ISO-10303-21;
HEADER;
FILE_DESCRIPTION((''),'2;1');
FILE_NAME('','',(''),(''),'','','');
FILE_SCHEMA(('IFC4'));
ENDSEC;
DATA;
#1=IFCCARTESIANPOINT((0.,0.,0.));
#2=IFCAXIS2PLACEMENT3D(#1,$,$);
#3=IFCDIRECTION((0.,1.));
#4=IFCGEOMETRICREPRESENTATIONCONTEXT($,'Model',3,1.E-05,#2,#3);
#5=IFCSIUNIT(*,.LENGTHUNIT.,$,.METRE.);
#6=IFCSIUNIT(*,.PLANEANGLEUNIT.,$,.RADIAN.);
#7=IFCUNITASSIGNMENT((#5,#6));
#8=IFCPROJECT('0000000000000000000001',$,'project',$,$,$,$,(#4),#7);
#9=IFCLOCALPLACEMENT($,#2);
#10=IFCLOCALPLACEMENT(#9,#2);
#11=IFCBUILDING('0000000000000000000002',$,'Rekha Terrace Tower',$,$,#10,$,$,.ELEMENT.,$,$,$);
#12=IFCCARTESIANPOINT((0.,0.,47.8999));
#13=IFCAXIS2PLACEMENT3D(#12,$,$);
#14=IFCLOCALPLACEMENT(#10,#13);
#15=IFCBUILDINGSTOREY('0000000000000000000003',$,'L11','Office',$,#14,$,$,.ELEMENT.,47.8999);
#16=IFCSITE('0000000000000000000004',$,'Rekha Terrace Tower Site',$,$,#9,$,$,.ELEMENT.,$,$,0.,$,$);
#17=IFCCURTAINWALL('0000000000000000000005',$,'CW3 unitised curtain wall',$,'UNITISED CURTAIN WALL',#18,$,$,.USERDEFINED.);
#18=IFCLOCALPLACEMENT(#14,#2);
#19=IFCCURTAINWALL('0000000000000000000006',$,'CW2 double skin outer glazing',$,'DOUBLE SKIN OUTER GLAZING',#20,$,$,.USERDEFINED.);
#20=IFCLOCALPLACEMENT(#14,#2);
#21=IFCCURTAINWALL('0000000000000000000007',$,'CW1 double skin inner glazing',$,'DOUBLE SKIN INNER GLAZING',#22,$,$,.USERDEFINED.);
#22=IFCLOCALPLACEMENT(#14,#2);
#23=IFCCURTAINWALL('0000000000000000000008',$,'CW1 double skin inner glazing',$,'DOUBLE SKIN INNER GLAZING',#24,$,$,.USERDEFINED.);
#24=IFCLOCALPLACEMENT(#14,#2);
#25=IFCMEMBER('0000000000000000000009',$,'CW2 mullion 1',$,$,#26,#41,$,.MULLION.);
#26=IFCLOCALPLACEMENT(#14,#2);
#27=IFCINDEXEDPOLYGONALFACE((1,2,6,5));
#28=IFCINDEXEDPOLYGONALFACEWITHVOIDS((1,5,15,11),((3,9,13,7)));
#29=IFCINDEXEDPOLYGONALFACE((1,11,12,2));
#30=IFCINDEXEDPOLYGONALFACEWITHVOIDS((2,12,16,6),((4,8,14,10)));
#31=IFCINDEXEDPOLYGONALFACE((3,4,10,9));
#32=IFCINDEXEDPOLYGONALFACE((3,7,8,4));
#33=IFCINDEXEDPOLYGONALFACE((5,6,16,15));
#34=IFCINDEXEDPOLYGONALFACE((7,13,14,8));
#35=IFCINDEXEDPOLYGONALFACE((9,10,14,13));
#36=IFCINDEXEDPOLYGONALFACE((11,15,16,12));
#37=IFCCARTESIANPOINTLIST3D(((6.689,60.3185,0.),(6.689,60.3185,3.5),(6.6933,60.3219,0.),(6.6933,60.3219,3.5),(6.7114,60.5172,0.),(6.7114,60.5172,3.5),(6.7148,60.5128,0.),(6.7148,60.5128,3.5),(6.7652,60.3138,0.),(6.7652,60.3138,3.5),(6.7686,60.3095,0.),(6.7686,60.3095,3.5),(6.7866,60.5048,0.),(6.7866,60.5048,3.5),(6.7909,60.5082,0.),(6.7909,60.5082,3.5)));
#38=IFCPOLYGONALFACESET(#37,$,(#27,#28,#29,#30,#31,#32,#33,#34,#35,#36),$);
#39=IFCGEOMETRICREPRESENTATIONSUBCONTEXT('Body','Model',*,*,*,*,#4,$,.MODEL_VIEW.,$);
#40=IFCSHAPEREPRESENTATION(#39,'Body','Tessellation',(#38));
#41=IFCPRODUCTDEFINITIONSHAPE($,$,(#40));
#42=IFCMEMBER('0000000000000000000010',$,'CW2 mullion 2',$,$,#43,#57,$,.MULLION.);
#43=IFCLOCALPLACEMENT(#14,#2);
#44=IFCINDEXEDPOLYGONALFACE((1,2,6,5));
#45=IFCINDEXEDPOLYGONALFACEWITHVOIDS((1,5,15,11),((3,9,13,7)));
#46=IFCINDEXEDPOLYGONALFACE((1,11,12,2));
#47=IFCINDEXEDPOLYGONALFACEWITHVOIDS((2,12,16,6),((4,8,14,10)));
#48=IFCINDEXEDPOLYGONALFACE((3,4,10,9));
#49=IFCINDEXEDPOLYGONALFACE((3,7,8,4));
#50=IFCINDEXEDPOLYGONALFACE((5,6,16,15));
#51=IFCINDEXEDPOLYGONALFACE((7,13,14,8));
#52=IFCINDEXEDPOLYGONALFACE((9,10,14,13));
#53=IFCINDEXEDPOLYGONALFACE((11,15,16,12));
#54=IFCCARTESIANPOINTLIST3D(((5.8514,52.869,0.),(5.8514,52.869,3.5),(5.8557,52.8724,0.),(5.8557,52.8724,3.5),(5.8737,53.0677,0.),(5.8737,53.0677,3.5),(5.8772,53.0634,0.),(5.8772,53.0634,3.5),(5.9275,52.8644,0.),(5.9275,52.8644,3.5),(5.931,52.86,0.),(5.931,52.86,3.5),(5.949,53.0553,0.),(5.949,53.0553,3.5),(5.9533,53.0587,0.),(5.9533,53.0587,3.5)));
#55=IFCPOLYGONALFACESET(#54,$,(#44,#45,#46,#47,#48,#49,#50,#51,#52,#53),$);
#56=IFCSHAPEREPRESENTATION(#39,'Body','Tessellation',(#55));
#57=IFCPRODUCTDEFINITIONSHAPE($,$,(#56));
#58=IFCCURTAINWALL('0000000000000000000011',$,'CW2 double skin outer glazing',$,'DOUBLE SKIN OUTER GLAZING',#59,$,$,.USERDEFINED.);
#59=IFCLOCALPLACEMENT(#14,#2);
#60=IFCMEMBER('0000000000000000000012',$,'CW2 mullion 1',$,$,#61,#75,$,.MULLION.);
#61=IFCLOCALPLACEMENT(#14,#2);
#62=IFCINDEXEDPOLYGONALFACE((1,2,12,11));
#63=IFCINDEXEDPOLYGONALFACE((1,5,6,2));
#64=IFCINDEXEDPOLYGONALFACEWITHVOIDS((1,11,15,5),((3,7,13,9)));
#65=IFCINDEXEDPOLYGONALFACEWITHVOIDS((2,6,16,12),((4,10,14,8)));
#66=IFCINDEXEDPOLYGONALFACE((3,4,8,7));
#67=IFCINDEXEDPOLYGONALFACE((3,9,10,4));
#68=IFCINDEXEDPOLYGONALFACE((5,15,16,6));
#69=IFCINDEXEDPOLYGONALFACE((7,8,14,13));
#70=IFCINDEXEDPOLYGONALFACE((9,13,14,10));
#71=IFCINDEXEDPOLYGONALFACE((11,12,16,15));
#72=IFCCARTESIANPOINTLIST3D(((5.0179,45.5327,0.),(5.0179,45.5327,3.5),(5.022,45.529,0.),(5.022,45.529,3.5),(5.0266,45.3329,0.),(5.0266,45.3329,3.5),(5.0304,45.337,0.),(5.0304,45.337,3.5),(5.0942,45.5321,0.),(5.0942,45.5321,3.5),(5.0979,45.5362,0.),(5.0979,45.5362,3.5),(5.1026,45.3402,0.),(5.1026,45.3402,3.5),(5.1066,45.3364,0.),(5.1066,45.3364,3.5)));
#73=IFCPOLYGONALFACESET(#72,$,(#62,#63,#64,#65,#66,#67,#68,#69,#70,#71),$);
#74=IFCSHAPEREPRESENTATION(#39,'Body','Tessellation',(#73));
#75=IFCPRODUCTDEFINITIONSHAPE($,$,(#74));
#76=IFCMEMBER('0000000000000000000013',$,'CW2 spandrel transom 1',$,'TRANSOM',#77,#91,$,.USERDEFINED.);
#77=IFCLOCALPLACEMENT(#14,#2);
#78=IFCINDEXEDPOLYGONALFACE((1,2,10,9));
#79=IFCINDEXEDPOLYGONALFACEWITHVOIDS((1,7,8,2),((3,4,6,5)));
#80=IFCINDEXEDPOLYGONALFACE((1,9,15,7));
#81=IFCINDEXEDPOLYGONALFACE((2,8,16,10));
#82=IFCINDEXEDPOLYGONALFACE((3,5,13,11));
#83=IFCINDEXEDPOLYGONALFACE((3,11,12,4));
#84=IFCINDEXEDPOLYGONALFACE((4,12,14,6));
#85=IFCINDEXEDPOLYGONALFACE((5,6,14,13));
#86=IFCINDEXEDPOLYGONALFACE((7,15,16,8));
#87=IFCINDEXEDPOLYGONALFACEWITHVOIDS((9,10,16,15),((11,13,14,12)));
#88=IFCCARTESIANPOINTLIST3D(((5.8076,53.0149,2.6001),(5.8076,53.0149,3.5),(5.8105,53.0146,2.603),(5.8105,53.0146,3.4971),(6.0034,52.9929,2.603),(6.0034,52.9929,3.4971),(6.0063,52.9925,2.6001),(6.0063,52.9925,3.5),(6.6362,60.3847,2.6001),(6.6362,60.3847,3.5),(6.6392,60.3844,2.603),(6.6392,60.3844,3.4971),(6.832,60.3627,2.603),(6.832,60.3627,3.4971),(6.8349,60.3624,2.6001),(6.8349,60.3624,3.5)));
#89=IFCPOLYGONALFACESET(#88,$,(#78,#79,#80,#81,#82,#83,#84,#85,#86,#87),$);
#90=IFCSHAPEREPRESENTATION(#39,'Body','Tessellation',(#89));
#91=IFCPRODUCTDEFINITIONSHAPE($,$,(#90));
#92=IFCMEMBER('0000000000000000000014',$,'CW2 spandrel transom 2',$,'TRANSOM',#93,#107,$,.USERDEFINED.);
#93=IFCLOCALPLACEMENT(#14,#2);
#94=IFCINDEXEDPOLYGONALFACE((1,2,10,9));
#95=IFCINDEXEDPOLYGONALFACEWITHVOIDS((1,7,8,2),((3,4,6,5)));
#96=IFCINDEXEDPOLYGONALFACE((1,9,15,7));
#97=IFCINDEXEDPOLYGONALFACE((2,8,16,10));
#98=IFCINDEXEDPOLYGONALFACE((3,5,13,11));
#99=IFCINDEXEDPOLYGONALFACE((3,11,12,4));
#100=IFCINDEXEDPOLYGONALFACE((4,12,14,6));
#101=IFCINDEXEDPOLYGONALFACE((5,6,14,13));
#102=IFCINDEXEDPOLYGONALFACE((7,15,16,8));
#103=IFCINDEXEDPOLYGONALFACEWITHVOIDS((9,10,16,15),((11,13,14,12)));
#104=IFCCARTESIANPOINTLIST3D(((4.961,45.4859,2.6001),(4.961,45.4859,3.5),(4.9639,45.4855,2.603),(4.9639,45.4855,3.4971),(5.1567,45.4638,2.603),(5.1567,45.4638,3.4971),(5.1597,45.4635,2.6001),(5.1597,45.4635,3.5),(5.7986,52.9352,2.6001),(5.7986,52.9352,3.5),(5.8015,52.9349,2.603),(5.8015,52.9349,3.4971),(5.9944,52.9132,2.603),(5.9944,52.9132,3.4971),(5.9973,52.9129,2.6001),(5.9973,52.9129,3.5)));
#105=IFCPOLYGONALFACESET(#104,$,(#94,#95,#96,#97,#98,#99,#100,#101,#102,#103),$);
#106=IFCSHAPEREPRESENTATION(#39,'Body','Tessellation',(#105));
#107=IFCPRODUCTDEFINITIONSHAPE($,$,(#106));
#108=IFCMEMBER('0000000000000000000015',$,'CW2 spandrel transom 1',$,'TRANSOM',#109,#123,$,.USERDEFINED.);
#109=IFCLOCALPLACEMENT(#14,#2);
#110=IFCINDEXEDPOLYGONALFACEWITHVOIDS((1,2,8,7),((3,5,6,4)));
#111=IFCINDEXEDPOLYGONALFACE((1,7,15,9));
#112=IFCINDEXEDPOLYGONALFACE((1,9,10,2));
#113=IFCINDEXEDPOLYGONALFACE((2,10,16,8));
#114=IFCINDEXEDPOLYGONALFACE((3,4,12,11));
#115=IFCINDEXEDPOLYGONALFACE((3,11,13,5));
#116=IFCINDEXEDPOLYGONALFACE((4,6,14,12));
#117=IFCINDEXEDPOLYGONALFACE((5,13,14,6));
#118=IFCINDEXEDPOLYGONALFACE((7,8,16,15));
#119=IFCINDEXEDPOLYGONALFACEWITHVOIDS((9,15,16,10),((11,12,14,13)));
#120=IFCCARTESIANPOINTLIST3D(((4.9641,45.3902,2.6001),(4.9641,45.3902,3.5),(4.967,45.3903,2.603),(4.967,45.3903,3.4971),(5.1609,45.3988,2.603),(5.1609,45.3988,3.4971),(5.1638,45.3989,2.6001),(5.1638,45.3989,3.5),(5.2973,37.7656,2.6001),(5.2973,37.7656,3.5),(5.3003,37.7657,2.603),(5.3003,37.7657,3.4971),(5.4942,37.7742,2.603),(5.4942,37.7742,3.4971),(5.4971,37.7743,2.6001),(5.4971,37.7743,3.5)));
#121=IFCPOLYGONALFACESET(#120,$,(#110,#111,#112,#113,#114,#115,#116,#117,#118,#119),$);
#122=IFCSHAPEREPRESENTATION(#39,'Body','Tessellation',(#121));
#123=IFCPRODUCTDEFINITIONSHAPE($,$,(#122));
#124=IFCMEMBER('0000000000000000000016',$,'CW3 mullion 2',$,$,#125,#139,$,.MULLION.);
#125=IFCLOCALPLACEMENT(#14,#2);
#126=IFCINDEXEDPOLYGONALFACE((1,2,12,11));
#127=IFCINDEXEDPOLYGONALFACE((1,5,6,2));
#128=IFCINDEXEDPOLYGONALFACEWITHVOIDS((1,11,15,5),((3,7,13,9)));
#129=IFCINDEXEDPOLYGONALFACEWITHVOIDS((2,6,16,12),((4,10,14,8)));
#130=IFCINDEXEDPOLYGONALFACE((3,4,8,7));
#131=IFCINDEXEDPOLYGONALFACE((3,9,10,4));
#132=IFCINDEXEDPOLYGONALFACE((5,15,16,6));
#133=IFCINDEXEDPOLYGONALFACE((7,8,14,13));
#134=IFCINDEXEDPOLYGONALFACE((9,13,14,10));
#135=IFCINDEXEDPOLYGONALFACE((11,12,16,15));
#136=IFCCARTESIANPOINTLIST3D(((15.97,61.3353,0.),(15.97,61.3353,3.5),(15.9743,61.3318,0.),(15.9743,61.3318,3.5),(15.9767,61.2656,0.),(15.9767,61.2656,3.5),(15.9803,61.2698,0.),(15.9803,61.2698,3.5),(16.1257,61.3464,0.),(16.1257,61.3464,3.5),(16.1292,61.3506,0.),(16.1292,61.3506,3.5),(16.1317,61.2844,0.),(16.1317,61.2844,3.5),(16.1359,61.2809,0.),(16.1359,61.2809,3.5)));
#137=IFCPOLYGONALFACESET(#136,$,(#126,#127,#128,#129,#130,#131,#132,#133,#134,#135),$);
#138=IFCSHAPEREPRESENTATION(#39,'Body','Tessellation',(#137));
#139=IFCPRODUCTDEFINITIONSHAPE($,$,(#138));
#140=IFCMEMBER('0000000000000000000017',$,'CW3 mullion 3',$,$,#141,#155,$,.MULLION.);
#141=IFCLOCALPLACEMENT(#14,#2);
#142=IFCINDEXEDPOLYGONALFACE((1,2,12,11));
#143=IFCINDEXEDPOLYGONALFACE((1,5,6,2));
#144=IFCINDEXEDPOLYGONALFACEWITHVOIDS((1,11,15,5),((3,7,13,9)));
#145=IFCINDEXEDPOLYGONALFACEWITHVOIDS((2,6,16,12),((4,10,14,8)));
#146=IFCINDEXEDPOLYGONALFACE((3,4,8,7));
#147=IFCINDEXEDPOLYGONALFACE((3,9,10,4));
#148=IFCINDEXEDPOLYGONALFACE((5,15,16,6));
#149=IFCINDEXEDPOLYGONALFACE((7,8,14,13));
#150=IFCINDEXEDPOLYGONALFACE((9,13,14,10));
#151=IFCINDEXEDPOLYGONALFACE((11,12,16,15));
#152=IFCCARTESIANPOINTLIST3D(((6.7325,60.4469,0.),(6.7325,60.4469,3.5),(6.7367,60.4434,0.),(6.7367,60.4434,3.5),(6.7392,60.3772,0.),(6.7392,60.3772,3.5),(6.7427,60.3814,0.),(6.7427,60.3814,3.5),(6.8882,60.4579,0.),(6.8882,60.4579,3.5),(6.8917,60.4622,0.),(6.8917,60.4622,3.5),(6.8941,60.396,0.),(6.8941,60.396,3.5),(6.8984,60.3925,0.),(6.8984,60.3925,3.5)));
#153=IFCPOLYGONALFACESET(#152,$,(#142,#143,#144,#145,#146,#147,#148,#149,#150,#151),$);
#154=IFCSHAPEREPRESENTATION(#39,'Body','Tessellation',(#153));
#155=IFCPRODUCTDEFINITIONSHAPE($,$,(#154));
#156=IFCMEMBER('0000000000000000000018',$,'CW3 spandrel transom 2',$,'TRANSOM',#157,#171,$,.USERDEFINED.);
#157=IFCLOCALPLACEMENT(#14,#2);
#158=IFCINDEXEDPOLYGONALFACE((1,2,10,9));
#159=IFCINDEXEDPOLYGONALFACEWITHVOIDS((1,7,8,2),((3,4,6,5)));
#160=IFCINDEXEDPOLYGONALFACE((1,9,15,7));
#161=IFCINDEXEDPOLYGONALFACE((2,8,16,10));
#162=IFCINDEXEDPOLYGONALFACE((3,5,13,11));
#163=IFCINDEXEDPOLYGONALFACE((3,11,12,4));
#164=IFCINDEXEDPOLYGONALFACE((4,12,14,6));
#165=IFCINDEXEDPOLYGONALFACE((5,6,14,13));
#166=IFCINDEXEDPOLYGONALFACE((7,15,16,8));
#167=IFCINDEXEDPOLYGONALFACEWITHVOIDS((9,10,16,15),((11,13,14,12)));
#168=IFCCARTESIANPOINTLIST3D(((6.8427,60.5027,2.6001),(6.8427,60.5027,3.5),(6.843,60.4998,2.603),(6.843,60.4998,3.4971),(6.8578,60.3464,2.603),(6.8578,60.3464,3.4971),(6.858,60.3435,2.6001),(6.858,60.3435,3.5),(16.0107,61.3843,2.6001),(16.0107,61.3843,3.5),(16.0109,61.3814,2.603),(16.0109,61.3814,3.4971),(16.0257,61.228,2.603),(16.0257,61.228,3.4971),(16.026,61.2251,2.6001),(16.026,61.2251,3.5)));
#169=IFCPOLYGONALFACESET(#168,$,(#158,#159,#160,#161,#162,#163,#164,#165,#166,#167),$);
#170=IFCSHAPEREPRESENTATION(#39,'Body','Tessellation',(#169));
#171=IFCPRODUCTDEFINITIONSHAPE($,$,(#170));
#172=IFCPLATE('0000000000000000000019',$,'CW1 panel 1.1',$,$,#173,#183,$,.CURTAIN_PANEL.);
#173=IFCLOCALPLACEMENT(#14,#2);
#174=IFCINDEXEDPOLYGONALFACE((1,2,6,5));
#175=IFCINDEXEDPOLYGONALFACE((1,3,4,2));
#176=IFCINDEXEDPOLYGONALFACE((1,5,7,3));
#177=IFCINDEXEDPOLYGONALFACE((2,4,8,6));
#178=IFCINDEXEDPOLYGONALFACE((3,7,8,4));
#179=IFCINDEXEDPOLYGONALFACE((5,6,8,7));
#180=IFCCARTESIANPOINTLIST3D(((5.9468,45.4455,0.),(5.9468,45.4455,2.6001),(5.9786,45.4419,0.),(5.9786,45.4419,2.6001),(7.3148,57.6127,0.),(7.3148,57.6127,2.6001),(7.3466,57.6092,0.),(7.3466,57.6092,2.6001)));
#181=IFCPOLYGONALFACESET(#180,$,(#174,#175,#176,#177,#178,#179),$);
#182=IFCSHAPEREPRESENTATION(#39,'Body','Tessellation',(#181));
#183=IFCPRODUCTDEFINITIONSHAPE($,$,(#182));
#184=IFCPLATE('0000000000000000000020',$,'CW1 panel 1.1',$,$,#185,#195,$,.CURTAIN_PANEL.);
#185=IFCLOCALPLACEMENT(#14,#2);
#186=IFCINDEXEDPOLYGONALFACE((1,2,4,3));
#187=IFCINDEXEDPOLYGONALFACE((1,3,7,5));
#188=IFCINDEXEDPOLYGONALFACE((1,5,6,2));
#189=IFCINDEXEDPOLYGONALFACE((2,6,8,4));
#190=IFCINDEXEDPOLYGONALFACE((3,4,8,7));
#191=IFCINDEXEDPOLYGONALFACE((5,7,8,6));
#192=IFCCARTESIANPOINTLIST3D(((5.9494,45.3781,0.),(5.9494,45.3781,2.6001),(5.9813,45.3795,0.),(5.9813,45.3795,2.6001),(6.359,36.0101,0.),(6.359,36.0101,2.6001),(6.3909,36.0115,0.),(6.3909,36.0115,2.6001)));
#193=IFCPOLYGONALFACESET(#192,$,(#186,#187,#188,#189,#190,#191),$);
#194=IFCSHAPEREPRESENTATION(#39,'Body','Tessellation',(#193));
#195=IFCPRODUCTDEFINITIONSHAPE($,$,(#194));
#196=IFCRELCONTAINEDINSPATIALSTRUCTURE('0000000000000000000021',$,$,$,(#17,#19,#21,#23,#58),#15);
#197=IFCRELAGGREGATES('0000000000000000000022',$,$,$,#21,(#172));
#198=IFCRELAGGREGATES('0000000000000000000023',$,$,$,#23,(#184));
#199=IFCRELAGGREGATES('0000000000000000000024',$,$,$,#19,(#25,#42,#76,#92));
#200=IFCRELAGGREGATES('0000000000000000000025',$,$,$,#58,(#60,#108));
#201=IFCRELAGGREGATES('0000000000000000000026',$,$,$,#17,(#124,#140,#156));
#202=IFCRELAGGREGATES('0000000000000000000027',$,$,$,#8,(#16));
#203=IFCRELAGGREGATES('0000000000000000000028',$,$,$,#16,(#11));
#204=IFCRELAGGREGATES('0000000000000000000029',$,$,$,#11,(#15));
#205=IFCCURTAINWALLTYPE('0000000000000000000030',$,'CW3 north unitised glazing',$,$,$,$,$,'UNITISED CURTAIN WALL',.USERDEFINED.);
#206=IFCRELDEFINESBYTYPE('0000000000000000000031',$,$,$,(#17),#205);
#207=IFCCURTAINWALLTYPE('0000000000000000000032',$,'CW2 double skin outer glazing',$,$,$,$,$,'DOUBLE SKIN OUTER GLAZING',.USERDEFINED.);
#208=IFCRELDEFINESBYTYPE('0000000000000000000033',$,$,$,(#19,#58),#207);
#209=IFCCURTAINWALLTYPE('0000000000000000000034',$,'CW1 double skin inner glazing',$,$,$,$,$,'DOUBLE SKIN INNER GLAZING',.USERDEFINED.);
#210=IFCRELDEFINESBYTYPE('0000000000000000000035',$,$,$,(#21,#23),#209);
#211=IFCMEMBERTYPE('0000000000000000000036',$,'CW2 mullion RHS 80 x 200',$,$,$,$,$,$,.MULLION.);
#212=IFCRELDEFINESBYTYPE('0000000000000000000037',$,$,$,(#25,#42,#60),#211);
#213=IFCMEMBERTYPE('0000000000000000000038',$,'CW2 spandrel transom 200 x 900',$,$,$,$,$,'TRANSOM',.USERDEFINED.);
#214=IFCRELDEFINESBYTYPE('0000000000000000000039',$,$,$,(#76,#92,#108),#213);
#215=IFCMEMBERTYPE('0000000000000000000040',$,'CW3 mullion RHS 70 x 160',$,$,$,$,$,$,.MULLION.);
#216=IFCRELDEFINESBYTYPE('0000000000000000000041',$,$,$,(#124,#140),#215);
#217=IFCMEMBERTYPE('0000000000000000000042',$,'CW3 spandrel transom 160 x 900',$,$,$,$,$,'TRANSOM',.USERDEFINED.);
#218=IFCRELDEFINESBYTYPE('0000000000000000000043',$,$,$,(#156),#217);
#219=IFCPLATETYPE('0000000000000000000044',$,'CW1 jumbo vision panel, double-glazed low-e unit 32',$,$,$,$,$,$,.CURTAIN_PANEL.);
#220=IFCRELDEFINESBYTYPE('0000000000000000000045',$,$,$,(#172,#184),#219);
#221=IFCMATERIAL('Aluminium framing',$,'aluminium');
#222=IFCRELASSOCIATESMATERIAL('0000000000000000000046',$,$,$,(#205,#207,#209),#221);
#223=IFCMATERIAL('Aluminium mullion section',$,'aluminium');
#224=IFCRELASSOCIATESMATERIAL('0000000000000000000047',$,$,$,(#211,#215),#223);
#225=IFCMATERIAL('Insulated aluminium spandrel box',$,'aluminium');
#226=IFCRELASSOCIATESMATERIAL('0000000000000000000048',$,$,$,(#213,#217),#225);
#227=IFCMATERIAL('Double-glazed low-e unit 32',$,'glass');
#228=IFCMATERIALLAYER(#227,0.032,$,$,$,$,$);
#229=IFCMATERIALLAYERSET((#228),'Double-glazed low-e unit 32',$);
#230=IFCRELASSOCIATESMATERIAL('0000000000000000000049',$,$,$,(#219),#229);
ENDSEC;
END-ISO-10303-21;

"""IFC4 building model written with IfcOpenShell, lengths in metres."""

from ifc_helpers import new_model, si_unit, direction, frame, origin, origin_2d, place, context, subcontext, project, spatial, rectangle, hollow_rectangle, extrude, material, layer, layer_set, material_profile, profile_set, type_object, element, aggregate, save


model = new_model("IFC4")

# Units and contexts
model_context = context("Model", 3, precision=1e-05, world=origin(), true_north=direction((0.0, 1.0)))
body_context = subcontext(model_context, "Body", "Model", "MODEL_VIEW")
ifc_project = project(units=[si_unit("LENGTHUNIT", "METRE"), si_unit("PLANEANGLEUNIT", "RADIAN")], contexts=[model_context])

# Site, building, storey
site_placement = place(None, origin())
site = spatial("IfcSite", under=ifc_project, at=site_placement, Name="Rekha Terrace Tower Site", CompositionType="ELEMENT", RefElevation=0.0)
building_placement = place(site_placement, origin())
building = spatial("IfcBuilding", under=site, at=building_placement, Name="Rekha Terrace Tower", CompositionType="ELEMENT")
storey_placement = place(building_placement, frame((0.0, 0.0, 47.8999)))
storey = spatial("IfcBuildingStorey", under=building, at=storey_placement, Name="L11", Description="Office", CompositionType="ELEMENT", Elevation=47.8999)

# Curtain walls
ifc_material_1 = material(Name="Aluminium framing", Category="aluminium")
curtain_wall_type_1 = type_object("IfcCurtainWallType", Name="CW3 north unitised glazing", ElementType="UNITISED CURTAIN WALL", PredefinedType="USERDEFINED", material=ifc_material_1)
curtain_wall_1_placement = place(storey_placement, origin())
curtain_wall_1 = element("IfcCurtainWall", 1, at=curtain_wall_1_placement, inside=storey, type_object=curtain_wall_type_1, Name="CW3 unitised curtain wall", ObjectType="UNITISED CURTAIN WALL", PredefinedType="USERDEFINED")
curtain_wall_type_2 = type_object("IfcCurtainWallType", Name="CW2 double skin outer glazing", ElementType="DOUBLE SKIN OUTER GLAZING", PredefinedType="USERDEFINED", material=ifc_material_1)
curtain_wall_2_placement = place(storey_placement, origin())
curtain_wall_2 = element("IfcCurtainWall", 2, at=curtain_wall_2_placement, inside=storey, type_object=curtain_wall_type_2, Name="CW2 double skin outer glazing", ObjectType="DOUBLE SKIN OUTER GLAZING", PredefinedType="USERDEFINED")
curtain_wall_type_3 = type_object("IfcCurtainWallType", Name="CW1 double skin inner glazing", ElementType="DOUBLE SKIN INNER GLAZING", PredefinedType="USERDEFINED", material=ifc_material_1)
curtain_wall_3_placement = place(storey_placement, origin())
curtain_wall_3 = element("IfcCurtainWall", 3, at=curtain_wall_3_placement, inside=storey, type_object=curtain_wall_type_3, Name="CW1 double skin inner glazing", ObjectType="DOUBLE SKIN INNER GLAZING", PredefinedType="USERDEFINED")
ifc_material_2 = material(Name="Aluminium mullion section", Category="aluminium")
curtain_wall_4_placement = place(storey_placement, origin())
curtain_wall_4 = element("IfcCurtainWall", 4, at=curtain_wall_4_placement, inside=storey, type_object=curtain_wall_type_3, Name="CW1 double skin inner glazing", ObjectType="DOUBLE SKIN INNER GLAZING", PredefinedType="USERDEFINED")

# Members
ifc_material_3 = material(Name="Insulated aluminium spandrel box", Category="aluminium")
ifc_material_profile_1 = material_profile(ifc_material_2, hollow_rectangle(XDim=0.0801, YDim=0.2, WallThickness=0.0039, at=origin_2d()), Name="AL RHS 80x200")
ifc_profile_set_1 = profile_set([ifc_material_profile_1], Name="Aluminium mullion section")
member_type_1 = type_object("IfcMemberType", Name="CW2 mullion RHS 80 x 200", PredefinedType="MULLION", material=ifc_profile_set_1)
member_1_placement = place(storey_placement, frame((6.74, 60.4133, 0.0), z_axis=(0.0, 0.0, 1.0), x_axis=(0.993739, -0.11173, 0.0)))
member_1 = element("IfcMember", 5, at=member_1_placement, type_object=member_type_1, Name="CW2 mullion 1", PredefinedType="MULLION", context=body_context, shape_type="SweptSolid", body=[
    extrude(hollow_rectangle(XDim=0.0801, YDim=0.2, WallThickness=0.0039, at=origin_2d()), origin(), (0.0, 0.0, 1.0), 3.5),
])
member_2_placement = place(storey_placement, frame((5.9023, 52.9639, 0.0), z_axis=(0.0, 0.0, 1.0), x_axis=(0.993739, -0.11173, 0.0)))
member_2 = element("IfcMember", 6, at=member_2_placement, type_object=member_type_1, Name="CW2 mullion 2", PredefinedType="MULLION", context=body_context, shape_type="SweptSolid", body=[
    extrude(hollow_rectangle(XDim=0.0801, YDim=0.2, WallThickness=0.0039, at=origin_2d()), origin(), (0.0, 0.0, 1.0), 3.5),
])

# Curtain wall, member
curtain_wall_5_placement = place(storey_placement, origin())
curtain_wall_5 = element("IfcCurtainWall", 7, at=curtain_wall_5_placement, inside=storey, type_object=curtain_wall_type_2, Name="CW2 double skin outer glazing", ObjectType="DOUBLE SKIN OUTER GLAZING", PredefinedType="USERDEFINED")
member_3_placement = place(storey_placement, frame((5.0623, 45.4346, 0.0), z_axis=(0.0, 0.0, 1.0), x_axis=(0.999045, 0.043683, 0.0)))
member_3 = element("IfcMember", 8, at=member_3_placement, type_object=member_type_1, Name="CW2 mullion 1", PredefinedType="MULLION", context=body_context, shape_type="SweptSolid", body=[
    extrude(hollow_rectangle(XDim=0.0801, YDim=0.2, WallThickness=0.0039, at=origin_2d()), origin(), (0.0, 0.0, 1.0), 3.5),
])

# Members
ifc_material_profile_2 = material_profile(ifc_material_3, hollow_rectangle(XDim=0.2, YDim=0.8999, WallThickness=0.0029, at=origin_2d()), Name="AL SPANDREL BOX 200x900")
ifc_profile_set_2 = profile_set([ifc_material_profile_2], Name="Insulated aluminium spandrel box")
member_type_2 = type_object("IfcMemberType", Name="CW2 spandrel transom 200 x 900", ElementType="TRANSOM", PredefinedType="USERDEFINED", material=ifc_profile_set_2)
member_4_placement = place(storey_placement, frame((6.7356, 60.3735, 3.05), z_axis=(-0.111729, -0.993739, 0.0), x_axis=(0.993739, -0.111729, 0.0)))
member_4 = element("IfcMember", 9, at=member_4_placement, type_object=member_type_2, Name="CW2 spandrel transom 1", ObjectType="TRANSOM", PredefinedType="USERDEFINED", context=body_context, shape_type="SweptSolid", body=[
    extrude(hollow_rectangle(XDim=0.2, YDim=0.8999, WallThickness=0.0029, at=origin_2d()), origin(), (0.0, 0.0, 1.0), 7.4163),
])
member_5_placement = place(storey_placement, frame((5.8979, 52.9241, 3.05), z_axis=(-0.11174, -0.993738, 0.0), x_axis=(0.993738, -0.11174, 0.0)))
member_5 = element("IfcMember", 10, at=member_5_placement, type_object=member_type_2, Name="CW2 spandrel transom 2", ObjectType="TRANSOM", PredefinedType="USERDEFINED", context=body_context, shape_type="SweptSolid", body=[
    extrude(hollow_rectangle(XDim=0.2, YDim=0.8999, WallThickness=0.0029, at=origin_2d()), origin(), (0.0, 0.0, 1.0), 7.4963),
])
member_6_placement = place(storey_placement, frame((5.064, 45.3945, 3.05), z_axis=(0.043666, -0.999046, 0.0), x_axis=(0.999046, 0.043666, 0.0)))
member_6 = element("IfcMember", 11, at=member_6_placement, type_object=member_type_2, Name="CW2 spandrel transom 1", ObjectType="TRANSOM", PredefinedType="USERDEFINED", context=body_context, shape_type="SweptSolid", body=[
    extrude(hollow_rectangle(XDim=0.2, YDim=0.8999, WallThickness=0.0029, at=origin_2d()), origin(), (0.0, 0.0, 1.0), 7.6318),
])
ifc_material_profile_3 = material_profile(ifc_material_2, hollow_rectangle(XDim=0.0701, YDim=0.1599, WallThickness=0.0039, at=origin_2d()), Name="AL RHS 70x160")
ifc_profile_set_3 = profile_set([ifc_material_profile_3], Name="Aluminium mullion section")
member_type_3 = type_object("IfcMemberType", Name="CW3 mullion RHS 70 x 160", PredefinedType="MULLION", material=ifc_profile_set_3)
member_7_placement = place(storey_placement, frame((16.053, 61.3081, 0.0), z_axis=(0.0, 0.0, 1.0), x_axis=(0.095712, -0.995409, 0.0)))
member_7 = element("IfcMember", 12, at=member_7_placement, type_object=member_type_3, Name="CW3 mullion 2", PredefinedType="MULLION", context=body_context, shape_type="SweptSolid", body=[
    extrude(hollow_rectangle(XDim=0.0701, YDim=0.1599, WallThickness=0.0039, at=origin_2d()), origin(), (0.0, 0.0, 1.0), 3.5),
])
member_8_placement = place(storey_placement, frame((6.8154, 60.4197, 0.0), z_axis=(0.0, 0.0, 1.0), x_axis=(0.095712, -0.995409, 0.0)))
member_8 = element("IfcMember", 13, at=member_8_placement, type_object=member_type_3, Name="CW3 mullion 3", PredefinedType="MULLION", context=body_context, shape_type="SweptSolid", body=[
    extrude(hollow_rectangle(XDim=0.0701, YDim=0.1599, WallThickness=0.0039, at=origin_2d()), origin(), (0.0, 0.0, 1.0), 3.5),
])
ifc_material_profile_4 = material_profile(ifc_material_3, hollow_rectangle(XDim=0.1599, YDim=0.8999, WallThickness=0.0029, at=origin_2d()), Name="AL SPANDREL BOX 160x900")
ifc_profile_set_4 = profile_set([ifc_material_profile_4], Name="Insulated aluminium spandrel box")
member_type_4 = type_object("IfcMemberType", Name="CW3 spandrel transom 160 x 900", ElementType="TRANSOM", PredefinedType="USERDEFINED", material=ifc_profile_set_4)
member_9_placement = place(storey_placement, frame((16.0183, 61.3047, 3.05), z_axis=(-0.995408, -0.095718, 0.0), x_axis=(0.095718, -0.995408, 0.0)))
member_9 = element("IfcMember", 14, at=member_9_placement, type_object=member_type_4, Name="CW3 spandrel transom 2", ObjectType="TRANSOM", PredefinedType="USERDEFINED", context=body_context, shape_type="SweptSolid", body=[
    extrude(hollow_rectangle(XDim=0.1599, YDim=0.8999, WallThickness=0.0029, at=origin_2d()), origin(), (0.0, 0.0, 1.0), 9.2102),
])

# Plates
ifc_material_4 = material(Name="Double-glazed low-e unit 32", Category="glass")
ifc_layer_1 = layer(ifc_material_4, 0.032)
ifc_layer_set_1 = layer_set([ifc_layer_1], Name="Double-glazed low-e unit 32")
plate_type_1 = type_object("IfcPlateType", Name="CW1 jumbo vision panel, double-glazed low-e unit 32", PredefinedType="CURTAIN_PANEL", material=ifc_layer_set_1)
plate_1_placement = place(storey_placement, frame((6.6467, 51.5273, 0.0), z_axis=(0.0, 0.0, 1.0), x_axis=(-0.11173, -0.993739, 0.0)))
plate_1 = element("IfcPlate", 15, at=plate_1_placement, type_object=plate_type_1, Name="CW1 panel 1.1", PredefinedType="CURTAIN_PANEL", context=body_context, shape_type="SweptSolid", body=[
    extrude(rectangle(XDim=12.2439, YDim=0.032, at=origin_2d()), origin(), (0.0, 0.0, 1.0), 2.6001),
])
aggregate(curtain_wall_3, [plate_1])
plate_2_placement = place(storey_placement, frame((6.1702, 40.6948, 0.0), z_axis=(0.0, 0.0, 1.0), x_axis=(0.043683, -0.999045, 0.0)))
plate_2 = element("IfcPlate", 16, at=plate_2_placement, type_object=plate_type_1, Name="CW1 panel 1.1", PredefinedType="CURTAIN_PANEL", context=body_context, shape_type="SweptSolid", body=[
    extrude(rectangle(XDim=9.377, YDim=0.032, at=origin_2d()), origin(), (0.0, 0.0, 1.0), 2.6001),
])
aggregate(curtain_wall_4, [plate_2])
aggregate(curtain_wall_2, [member_1, member_2, member_4, member_5])
aggregate(curtain_wall_5, [member_3, member_6])
aggregate(curtain_wall_1, [member_7, member_8, member_9])

save(model, "model.ifc")
